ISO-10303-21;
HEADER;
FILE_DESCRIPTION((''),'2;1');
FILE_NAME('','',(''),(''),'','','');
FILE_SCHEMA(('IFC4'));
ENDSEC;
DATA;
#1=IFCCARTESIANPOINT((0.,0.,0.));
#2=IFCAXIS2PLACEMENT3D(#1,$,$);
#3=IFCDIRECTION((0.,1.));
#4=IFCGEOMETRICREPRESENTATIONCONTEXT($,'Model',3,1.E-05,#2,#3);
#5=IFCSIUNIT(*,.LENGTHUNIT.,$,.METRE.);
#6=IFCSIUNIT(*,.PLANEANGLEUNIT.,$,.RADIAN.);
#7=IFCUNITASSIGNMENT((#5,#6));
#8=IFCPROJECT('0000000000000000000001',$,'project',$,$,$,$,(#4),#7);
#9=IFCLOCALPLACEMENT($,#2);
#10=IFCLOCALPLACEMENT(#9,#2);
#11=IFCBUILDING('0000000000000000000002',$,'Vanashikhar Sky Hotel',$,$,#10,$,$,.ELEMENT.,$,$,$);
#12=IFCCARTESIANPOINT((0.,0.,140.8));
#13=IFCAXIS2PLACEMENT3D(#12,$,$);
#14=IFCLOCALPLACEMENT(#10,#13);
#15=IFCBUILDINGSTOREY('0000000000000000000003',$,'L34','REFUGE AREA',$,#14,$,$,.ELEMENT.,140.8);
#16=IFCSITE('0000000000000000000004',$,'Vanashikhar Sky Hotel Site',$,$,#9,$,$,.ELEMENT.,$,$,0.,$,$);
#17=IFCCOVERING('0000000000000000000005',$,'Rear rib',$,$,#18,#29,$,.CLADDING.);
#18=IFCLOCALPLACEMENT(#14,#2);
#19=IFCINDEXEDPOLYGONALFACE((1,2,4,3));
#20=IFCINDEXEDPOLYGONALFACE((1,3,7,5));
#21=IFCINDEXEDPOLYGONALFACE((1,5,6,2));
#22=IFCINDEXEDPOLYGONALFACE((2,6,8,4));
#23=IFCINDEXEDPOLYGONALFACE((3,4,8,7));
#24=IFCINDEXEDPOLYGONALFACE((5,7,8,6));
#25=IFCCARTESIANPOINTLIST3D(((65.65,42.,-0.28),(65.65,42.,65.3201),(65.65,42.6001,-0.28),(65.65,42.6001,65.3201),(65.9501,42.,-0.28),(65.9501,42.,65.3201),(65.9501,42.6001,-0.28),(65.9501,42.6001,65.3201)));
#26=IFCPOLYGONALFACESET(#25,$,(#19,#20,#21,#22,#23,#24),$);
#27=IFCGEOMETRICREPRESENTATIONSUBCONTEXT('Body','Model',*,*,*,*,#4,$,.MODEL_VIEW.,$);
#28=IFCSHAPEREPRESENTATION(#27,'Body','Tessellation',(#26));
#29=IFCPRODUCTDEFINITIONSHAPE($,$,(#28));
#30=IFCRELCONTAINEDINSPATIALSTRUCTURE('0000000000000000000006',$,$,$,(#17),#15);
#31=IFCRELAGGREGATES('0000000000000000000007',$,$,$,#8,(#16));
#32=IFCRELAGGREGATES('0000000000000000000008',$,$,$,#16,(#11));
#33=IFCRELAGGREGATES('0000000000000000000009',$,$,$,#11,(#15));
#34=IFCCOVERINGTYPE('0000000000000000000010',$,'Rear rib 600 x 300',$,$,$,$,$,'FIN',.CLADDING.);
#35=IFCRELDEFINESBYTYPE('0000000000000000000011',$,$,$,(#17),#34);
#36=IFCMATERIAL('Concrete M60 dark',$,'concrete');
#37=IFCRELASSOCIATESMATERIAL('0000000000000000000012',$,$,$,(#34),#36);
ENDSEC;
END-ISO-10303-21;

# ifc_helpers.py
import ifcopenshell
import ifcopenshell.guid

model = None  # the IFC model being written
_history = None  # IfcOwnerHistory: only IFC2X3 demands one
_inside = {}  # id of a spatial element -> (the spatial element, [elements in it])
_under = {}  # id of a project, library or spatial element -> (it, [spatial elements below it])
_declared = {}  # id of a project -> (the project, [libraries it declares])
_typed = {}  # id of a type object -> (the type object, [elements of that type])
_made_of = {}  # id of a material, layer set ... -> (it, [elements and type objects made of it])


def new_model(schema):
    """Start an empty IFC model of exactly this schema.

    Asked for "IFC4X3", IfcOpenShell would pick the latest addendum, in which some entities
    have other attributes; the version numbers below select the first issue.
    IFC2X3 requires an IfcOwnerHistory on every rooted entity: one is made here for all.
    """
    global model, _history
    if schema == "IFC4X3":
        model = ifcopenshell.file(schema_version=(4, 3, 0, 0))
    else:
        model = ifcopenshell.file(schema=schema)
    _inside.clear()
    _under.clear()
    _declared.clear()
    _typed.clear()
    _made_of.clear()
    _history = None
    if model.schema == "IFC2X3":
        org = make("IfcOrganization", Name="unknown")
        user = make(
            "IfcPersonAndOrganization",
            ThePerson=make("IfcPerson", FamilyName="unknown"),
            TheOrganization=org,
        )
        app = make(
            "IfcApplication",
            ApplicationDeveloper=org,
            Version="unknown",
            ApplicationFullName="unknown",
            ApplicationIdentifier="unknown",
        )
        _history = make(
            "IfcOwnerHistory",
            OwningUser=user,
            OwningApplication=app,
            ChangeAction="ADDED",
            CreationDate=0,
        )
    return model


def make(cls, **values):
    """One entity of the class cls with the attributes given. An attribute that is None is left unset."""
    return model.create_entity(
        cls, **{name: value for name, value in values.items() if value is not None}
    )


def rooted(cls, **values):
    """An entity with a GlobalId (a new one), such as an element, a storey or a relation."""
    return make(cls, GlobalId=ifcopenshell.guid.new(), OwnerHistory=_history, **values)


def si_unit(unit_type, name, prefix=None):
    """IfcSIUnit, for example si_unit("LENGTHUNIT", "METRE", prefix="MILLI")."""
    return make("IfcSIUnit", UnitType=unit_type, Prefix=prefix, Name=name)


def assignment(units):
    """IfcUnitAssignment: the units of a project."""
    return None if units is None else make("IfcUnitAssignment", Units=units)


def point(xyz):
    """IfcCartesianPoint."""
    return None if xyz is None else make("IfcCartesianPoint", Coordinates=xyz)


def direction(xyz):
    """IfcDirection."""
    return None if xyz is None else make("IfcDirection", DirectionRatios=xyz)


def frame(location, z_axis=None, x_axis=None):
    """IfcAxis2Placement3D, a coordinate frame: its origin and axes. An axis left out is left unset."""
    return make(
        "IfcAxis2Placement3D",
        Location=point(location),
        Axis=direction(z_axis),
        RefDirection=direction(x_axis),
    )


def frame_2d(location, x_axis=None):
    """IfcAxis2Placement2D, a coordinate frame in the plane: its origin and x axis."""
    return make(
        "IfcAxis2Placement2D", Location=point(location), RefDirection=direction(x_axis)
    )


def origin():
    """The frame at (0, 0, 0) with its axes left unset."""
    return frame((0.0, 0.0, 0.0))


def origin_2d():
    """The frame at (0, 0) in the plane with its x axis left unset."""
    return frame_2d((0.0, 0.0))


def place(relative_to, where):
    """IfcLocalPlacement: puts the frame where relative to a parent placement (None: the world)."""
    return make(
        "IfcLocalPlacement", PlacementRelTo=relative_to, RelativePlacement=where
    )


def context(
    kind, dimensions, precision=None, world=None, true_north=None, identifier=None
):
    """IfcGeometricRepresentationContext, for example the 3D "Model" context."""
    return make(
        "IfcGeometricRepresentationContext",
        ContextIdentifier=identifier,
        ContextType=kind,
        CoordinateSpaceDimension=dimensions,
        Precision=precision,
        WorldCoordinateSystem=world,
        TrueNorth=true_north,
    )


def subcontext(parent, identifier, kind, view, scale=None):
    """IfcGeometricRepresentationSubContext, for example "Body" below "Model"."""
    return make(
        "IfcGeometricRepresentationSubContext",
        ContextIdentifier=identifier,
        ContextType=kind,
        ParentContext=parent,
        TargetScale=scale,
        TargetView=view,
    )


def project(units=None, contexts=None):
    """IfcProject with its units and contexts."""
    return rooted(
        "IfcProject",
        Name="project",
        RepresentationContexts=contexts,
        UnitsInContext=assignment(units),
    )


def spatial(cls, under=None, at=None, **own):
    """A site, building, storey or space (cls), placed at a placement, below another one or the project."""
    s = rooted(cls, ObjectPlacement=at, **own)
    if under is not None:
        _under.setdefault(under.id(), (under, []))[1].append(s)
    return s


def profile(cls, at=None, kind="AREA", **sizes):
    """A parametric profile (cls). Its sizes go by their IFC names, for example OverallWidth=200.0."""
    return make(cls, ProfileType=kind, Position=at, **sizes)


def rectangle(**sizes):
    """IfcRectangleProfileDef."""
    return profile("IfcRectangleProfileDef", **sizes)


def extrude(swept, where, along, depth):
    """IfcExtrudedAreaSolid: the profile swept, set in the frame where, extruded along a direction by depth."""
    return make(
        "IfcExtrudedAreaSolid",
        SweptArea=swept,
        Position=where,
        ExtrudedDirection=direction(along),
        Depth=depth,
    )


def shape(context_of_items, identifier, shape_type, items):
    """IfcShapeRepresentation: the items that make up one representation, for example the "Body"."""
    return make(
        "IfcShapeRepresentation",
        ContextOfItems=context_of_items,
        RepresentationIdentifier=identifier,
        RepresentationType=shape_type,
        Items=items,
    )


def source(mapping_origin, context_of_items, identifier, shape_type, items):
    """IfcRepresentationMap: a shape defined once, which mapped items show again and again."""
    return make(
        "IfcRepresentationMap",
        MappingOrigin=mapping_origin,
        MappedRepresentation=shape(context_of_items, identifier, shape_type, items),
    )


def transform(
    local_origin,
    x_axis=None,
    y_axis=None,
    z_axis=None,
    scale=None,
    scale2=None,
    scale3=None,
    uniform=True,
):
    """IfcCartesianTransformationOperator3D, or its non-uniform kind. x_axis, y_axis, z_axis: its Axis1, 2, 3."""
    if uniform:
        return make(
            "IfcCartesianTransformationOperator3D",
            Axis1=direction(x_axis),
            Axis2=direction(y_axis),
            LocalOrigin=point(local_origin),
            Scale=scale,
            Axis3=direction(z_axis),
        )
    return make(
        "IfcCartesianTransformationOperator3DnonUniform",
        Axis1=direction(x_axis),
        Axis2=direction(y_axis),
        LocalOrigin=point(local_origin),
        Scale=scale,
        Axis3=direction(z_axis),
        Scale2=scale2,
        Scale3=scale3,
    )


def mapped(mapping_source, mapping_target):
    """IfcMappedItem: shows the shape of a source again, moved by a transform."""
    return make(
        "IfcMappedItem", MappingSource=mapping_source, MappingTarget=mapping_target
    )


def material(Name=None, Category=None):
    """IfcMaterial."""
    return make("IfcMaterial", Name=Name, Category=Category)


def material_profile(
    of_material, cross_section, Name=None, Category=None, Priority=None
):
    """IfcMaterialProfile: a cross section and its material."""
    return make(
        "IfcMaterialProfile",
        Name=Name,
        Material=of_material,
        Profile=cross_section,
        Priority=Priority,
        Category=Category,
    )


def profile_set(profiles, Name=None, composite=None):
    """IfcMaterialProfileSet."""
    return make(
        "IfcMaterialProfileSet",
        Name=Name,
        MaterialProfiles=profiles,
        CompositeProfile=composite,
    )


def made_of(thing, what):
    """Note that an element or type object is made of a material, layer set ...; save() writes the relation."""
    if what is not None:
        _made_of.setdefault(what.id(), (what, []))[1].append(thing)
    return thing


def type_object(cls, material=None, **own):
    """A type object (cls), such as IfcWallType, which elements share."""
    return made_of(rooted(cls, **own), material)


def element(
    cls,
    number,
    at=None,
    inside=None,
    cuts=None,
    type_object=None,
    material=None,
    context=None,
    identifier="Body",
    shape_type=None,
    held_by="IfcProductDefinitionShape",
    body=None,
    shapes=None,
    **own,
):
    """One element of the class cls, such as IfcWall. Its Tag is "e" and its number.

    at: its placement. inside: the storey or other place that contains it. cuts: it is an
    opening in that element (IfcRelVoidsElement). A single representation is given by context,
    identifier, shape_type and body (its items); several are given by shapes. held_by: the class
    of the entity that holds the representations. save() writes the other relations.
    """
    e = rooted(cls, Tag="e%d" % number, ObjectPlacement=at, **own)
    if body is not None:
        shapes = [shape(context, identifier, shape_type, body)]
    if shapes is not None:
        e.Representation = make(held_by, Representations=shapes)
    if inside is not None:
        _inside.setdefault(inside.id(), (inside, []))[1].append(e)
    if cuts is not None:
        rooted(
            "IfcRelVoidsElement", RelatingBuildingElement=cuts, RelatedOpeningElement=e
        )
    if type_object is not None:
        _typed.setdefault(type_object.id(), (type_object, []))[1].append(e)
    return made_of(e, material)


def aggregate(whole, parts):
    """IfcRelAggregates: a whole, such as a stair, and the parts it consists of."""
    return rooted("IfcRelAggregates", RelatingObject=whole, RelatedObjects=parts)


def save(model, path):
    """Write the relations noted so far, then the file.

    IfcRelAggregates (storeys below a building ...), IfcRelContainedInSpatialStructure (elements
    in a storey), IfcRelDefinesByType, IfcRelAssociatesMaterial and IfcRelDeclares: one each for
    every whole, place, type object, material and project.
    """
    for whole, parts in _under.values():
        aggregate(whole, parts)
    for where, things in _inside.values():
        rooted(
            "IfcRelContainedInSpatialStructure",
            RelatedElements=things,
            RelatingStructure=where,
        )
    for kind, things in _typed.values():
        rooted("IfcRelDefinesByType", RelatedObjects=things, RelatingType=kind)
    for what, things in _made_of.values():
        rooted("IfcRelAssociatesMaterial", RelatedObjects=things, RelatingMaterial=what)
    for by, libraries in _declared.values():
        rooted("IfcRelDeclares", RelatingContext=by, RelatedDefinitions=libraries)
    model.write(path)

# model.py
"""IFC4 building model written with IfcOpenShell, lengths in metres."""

from ifc_helpers import new_model, si_unit, direction, frame, origin, origin_2d, place, context, subcontext, project, spatial, rectangle, extrude, source, transform, mapped, material, material_profile, profile_set, type_object, element, save


model = new_model("IFC4")

# Units and contexts
model_context = context("Model", 3, precision=1e-05, world=origin(), true_north=direction((0.0, 1.0)))
body_context = subcontext(model_context, "Body", "Model", "MODEL_VIEW")
ifc_project = project(units=[si_unit("LENGTHUNIT", "METRE"), si_unit("PLANEANGLEUNIT", "RADIAN")], contexts=[model_context])

# Site, building, storey
site_placement = place(None, origin())
site = spatial("IfcSite", under=ifc_project, at=site_placement, Name="Vanashikhar Sky Hotel Site", CompositionType="ELEMENT", RefElevation=0.0)
building_placement = place(site_placement, origin())
building = spatial("IfcBuilding", under=site, at=building_placement, Name="Vanashikhar Sky Hotel", CompositionType="ELEMENT")
storey_placement = place(building_placement, frame((0.0, 0.0, 140.8)))
storey = spatial("IfcBuildingStorey", under=building, at=storey_placement, Name="L34", Description="REFUGE AREA", CompositionType="ELEMENT", Elevation=140.8)

# Covering
ifc_material_1 = material(Name="Concrete M60 dark", Category="concrete")
ifc_material_profile = material_profile(ifc_material_1, rectangle(XDim=0.6001, YDim=0.3, at=origin_2d()))
ifc_profile_set = profile_set([ifc_material_profile], Name="Rear rib 600 x 300")
covering_type = type_object("IfcCoveringType", Name="Rear rib 600 x 300", ElementType="FIN", PredefinedType="CLADDING", material=ifc_profile_set)
shared_shape_1 = source(origin(), body_context, "Body", "SweptSolid", [
    extrude(rectangle(XDim=0.6001, YDim=0.3, at=origin_2d()), origin(), (0.0, 0.0, 1.0), 65.6001),
])
for number, where, z_axis, x_axis, name in (
    (1, (65.8, 42.3, -0.28), (0.0, 0.0, 1.0), (0.0, 1.0, 0.0), "Rear rib"),
):
    element("IfcCovering", number, at=place(storey_placement, frame(where, z_axis=z_axis, x_axis=x_axis)), inside=storey, type_object=covering_type, Name=name, PredefinedType="CLADDING", context=body_context, shape_type="MappedRepresentation", body=[
        mapped(shared_shape_1, transform((0.0, 0.0, 0.0), scale=1.0)),
    ])

save(model, "model.ifc")
